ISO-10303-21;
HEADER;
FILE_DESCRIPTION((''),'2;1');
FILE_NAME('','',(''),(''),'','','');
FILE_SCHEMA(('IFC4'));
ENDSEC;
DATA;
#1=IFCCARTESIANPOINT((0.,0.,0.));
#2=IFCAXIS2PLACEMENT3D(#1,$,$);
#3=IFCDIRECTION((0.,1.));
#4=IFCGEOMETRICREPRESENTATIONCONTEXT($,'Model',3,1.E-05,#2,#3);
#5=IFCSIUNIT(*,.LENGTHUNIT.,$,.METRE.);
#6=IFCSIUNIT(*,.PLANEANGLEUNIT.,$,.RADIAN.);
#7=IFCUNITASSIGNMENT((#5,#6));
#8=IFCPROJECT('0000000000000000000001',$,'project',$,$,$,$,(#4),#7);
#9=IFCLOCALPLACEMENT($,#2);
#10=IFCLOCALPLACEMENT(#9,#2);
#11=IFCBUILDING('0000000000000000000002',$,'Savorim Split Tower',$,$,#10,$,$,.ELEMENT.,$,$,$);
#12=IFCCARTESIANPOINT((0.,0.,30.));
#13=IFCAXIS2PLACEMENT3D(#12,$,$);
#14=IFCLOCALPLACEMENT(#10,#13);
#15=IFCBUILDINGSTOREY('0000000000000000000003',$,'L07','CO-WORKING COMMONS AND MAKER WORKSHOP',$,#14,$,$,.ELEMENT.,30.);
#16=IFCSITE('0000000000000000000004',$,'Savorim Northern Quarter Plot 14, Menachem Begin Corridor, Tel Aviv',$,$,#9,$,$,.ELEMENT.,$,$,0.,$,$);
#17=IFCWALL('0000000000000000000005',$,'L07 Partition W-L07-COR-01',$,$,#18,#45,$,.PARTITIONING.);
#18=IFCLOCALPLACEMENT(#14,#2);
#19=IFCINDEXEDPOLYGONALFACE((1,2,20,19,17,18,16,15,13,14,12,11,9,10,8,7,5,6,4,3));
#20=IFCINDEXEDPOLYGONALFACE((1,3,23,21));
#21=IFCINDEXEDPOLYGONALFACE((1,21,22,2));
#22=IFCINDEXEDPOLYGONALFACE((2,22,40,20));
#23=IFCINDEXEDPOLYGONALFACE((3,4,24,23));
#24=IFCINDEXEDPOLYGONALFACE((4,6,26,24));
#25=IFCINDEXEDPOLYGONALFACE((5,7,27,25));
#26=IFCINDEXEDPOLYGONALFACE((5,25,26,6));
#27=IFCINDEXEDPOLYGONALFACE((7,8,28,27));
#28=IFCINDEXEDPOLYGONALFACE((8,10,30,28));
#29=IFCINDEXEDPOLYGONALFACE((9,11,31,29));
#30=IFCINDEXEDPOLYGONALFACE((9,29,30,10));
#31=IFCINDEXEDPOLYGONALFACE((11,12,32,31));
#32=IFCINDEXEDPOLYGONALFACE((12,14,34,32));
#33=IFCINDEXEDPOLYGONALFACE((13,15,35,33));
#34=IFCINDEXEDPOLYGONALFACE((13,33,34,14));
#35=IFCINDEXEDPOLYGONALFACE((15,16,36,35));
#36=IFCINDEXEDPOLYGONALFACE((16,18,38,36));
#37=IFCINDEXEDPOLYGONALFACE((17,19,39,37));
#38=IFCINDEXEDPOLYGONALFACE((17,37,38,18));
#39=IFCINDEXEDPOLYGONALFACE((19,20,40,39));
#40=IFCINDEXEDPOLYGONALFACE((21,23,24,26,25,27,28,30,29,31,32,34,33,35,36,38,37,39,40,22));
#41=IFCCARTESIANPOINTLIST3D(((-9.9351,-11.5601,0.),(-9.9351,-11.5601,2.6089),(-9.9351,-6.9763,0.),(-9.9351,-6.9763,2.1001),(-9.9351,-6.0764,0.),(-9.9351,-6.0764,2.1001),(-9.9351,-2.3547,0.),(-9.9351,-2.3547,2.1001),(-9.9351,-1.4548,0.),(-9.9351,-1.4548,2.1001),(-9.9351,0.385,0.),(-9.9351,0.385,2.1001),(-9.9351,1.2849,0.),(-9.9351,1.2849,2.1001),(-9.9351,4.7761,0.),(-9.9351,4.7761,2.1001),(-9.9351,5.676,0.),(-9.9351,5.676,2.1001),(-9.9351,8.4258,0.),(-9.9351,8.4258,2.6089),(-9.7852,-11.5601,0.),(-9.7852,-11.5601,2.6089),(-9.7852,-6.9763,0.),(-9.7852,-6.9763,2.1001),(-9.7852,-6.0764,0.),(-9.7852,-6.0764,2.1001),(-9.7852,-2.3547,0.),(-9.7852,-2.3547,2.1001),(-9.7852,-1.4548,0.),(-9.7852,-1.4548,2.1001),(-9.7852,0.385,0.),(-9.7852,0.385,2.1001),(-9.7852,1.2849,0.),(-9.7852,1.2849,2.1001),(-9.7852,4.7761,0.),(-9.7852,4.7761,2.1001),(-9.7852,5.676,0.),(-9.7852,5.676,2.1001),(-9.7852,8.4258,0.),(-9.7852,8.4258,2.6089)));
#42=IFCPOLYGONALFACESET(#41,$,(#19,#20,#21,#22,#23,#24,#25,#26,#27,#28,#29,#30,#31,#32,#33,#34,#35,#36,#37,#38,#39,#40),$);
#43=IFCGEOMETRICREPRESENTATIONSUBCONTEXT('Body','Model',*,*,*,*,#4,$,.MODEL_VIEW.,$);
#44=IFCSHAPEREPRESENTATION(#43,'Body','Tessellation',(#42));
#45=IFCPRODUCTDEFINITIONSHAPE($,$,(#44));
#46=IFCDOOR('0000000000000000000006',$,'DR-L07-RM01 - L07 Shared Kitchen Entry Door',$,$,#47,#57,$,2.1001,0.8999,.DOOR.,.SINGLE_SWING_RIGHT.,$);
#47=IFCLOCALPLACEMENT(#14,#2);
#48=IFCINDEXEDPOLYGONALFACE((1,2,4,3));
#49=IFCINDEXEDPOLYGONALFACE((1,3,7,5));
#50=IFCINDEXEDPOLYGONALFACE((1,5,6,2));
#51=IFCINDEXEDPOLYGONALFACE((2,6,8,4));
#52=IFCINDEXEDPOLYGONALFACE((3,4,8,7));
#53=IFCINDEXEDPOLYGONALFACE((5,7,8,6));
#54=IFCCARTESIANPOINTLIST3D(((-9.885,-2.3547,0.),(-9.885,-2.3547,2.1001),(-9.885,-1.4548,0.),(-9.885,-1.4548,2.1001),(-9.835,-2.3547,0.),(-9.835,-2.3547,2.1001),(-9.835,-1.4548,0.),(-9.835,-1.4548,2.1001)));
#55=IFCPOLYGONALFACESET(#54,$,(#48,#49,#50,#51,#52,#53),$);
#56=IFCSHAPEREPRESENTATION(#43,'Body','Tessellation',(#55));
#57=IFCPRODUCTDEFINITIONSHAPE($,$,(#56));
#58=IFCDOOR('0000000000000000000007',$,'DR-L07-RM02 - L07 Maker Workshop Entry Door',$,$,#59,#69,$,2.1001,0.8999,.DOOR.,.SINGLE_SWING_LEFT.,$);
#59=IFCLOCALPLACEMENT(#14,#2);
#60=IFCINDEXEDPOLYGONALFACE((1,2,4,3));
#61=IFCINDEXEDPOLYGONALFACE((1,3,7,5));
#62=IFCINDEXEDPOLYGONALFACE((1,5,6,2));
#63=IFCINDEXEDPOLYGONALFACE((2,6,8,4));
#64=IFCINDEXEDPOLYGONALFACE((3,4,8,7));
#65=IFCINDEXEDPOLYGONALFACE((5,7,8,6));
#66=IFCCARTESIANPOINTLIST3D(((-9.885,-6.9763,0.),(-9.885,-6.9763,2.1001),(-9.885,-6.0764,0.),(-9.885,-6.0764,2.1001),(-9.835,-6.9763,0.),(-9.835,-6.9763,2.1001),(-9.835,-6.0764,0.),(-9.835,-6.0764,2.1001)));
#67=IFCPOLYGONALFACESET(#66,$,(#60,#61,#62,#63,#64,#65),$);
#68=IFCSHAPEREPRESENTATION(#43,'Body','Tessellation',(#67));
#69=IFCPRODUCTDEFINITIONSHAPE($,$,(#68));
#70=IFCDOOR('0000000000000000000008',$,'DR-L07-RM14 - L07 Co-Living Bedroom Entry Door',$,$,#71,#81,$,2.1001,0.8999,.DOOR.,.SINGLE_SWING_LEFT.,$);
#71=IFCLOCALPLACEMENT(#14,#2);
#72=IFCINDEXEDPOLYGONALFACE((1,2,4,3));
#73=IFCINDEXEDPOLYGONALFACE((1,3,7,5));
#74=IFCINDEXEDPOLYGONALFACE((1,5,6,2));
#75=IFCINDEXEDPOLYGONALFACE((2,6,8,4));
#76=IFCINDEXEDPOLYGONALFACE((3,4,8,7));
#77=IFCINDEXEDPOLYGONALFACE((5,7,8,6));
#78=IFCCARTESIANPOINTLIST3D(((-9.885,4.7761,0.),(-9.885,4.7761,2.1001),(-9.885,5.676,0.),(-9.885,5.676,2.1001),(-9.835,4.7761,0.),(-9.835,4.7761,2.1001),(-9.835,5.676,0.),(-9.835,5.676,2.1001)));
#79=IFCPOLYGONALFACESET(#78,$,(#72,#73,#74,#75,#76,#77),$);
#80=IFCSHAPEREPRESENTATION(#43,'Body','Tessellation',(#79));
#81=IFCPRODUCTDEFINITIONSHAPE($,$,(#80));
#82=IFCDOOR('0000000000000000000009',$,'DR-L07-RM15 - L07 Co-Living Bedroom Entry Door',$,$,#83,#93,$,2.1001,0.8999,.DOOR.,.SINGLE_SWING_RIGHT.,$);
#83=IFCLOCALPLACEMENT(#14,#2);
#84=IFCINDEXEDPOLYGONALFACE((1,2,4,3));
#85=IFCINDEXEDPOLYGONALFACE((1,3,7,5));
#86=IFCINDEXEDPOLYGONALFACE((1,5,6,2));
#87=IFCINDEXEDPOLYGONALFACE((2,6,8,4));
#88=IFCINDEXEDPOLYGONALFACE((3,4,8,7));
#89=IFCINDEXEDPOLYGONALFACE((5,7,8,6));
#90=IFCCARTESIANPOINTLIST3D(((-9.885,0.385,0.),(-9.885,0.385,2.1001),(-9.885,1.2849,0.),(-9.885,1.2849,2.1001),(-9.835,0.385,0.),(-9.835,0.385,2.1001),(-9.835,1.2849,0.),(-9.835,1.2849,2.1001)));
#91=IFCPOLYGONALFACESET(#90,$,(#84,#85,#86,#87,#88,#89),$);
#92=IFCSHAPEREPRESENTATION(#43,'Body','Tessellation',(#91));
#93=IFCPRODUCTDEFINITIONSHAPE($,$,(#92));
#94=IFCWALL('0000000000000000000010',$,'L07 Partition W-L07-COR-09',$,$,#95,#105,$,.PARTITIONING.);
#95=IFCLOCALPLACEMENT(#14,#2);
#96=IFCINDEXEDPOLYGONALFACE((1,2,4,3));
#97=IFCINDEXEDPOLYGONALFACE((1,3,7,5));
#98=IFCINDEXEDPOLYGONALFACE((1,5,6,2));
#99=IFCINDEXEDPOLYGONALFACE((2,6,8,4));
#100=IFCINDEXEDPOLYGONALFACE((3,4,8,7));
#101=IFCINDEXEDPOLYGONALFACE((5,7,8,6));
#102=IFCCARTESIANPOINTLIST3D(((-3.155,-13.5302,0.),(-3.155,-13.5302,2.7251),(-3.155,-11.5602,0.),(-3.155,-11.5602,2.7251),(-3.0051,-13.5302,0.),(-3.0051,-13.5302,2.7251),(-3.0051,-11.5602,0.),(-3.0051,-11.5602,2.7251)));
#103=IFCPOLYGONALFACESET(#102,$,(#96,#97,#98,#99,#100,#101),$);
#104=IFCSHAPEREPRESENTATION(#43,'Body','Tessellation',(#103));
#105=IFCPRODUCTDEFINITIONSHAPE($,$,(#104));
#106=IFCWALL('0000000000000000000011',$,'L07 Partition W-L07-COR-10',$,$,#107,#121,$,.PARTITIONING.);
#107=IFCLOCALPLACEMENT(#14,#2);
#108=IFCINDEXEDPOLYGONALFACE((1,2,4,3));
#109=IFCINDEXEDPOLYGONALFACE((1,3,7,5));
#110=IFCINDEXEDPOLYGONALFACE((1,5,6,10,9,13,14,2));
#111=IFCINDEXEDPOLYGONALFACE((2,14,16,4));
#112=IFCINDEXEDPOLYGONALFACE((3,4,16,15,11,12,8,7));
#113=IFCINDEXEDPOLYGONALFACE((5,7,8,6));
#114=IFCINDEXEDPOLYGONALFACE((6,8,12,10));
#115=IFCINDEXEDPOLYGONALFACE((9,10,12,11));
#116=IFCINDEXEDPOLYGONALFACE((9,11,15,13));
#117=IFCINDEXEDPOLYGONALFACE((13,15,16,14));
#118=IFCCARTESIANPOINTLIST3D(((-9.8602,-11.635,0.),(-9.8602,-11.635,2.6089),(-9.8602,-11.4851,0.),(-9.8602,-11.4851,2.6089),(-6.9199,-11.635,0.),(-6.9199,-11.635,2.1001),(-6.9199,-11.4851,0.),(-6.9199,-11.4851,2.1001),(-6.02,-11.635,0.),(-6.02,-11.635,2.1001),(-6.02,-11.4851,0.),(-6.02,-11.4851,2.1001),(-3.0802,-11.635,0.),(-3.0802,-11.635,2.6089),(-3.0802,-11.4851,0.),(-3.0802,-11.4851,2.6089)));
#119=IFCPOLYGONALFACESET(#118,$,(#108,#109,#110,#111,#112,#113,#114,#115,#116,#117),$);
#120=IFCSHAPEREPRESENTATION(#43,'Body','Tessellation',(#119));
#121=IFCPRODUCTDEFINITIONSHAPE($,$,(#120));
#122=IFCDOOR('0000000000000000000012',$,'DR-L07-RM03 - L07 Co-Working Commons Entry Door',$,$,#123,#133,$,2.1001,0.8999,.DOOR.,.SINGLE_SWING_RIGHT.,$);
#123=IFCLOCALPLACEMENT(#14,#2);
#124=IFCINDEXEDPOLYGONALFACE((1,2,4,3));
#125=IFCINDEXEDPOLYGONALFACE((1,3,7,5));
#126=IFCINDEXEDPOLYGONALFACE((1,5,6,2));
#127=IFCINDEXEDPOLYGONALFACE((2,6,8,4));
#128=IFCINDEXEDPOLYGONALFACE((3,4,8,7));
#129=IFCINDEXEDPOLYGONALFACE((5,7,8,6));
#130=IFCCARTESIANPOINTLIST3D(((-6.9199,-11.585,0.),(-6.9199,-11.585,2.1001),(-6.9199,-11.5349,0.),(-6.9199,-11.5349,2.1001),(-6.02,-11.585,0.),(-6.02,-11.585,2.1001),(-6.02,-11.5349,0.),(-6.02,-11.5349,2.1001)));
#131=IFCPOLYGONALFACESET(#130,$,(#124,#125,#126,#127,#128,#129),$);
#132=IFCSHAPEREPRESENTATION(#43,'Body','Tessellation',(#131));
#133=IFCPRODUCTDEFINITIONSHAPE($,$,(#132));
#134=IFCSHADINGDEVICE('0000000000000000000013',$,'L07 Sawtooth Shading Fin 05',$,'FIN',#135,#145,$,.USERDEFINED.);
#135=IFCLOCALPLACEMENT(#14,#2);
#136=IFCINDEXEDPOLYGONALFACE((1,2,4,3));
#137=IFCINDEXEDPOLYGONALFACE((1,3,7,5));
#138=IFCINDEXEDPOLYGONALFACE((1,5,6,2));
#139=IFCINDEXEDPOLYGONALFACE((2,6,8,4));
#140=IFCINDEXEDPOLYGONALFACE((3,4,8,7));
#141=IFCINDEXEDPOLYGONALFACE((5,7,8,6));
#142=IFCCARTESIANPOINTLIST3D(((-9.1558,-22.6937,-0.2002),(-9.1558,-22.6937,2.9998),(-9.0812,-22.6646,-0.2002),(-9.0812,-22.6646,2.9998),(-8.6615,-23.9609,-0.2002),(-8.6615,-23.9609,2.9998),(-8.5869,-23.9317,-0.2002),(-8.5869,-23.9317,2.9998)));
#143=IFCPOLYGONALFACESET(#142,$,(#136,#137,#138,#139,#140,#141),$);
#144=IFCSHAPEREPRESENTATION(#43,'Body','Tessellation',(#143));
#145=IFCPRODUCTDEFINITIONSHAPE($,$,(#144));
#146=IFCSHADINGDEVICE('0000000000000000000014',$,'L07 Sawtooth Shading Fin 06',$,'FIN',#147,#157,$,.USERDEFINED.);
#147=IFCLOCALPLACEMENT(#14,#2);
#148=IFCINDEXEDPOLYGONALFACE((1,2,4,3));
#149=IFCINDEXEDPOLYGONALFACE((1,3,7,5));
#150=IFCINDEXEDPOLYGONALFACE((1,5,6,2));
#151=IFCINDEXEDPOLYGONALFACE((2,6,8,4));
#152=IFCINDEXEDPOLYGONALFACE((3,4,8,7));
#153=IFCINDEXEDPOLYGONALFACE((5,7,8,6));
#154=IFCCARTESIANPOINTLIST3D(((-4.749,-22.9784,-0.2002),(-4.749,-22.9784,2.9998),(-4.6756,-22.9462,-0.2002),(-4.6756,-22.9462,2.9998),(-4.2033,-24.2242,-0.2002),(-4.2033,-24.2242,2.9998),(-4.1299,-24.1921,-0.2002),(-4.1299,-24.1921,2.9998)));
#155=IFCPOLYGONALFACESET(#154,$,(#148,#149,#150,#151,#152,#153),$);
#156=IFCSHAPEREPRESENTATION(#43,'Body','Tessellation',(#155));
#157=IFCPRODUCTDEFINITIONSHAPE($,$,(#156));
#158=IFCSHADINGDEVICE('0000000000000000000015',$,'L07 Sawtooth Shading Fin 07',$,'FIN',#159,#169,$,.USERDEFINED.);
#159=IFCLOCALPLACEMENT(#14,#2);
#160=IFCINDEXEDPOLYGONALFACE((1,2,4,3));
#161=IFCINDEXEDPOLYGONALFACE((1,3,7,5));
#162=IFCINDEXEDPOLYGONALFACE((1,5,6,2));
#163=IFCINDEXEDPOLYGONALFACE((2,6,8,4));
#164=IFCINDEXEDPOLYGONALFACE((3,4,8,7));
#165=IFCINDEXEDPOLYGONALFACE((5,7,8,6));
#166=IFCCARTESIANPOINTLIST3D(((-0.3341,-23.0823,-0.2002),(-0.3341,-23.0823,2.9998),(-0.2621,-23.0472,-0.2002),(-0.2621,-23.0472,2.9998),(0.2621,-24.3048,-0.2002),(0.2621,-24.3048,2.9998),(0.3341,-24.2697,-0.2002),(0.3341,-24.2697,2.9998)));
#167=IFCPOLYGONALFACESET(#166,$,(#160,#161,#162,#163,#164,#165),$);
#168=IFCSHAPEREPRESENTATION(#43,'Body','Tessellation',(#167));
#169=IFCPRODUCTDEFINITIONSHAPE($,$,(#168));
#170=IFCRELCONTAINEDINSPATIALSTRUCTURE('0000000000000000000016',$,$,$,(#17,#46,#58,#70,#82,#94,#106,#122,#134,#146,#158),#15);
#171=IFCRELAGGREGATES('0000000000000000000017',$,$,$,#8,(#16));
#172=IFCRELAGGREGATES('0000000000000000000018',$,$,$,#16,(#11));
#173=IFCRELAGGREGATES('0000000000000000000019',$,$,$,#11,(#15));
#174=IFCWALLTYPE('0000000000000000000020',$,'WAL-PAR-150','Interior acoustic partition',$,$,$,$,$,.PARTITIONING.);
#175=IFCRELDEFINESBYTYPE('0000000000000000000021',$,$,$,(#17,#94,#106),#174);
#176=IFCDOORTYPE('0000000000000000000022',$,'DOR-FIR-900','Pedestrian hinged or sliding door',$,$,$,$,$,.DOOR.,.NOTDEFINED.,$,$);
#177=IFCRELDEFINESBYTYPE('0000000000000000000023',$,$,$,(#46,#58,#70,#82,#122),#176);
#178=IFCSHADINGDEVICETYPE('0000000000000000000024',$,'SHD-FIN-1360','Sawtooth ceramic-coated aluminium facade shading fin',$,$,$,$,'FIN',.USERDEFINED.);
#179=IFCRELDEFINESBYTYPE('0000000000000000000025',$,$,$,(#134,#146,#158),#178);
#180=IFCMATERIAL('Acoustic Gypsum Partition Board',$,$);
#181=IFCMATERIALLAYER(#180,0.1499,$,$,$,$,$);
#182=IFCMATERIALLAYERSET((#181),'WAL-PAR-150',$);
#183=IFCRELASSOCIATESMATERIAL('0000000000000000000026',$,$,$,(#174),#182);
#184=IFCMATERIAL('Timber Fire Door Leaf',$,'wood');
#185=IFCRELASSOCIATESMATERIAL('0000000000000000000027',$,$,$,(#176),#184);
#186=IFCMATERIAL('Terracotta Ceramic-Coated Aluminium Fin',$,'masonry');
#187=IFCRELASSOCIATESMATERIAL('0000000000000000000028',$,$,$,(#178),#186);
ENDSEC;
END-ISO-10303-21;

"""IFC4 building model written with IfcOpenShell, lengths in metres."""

from ifc_helpers import new_model, si_unit, direction, frame, frame_2d, origin, origin_2d, place, context, subcontext, project, spatial, rectangle, extrude, material, layer, layer_set, type_object, element, fill, save


model = new_model("IFC4")

# Units and contexts
model_context = context("Model", 3, precision=1e-05, world=origin(), true_north=direction((0.0, 1.0)))
body_context = subcontext(model_context, "Body", "Model", "MODEL_VIEW")
ifc_project = project(units=[si_unit("LENGTHUNIT", "METRE"), si_unit("PLANEANGLEUNIT", "RADIAN")], contexts=[model_context])

# Site, building, storey
site_placement = place(None, origin())
site = spatial("IfcSite", under=ifc_project, at=site_placement, Name="Savorim Northern Quarter Plot 14, Menachem Begin Corridor, Tel Aviv", CompositionType="ELEMENT", RefElevation=0.0)
building_placement = place(site_placement, origin())
building = spatial("IfcBuilding", under=site, at=building_placement, Name="Savorim Split Tower", CompositionType="ELEMENT")
storey_placement = place(building_placement, frame((0.0, 0.0, 30.0)))
storey = spatial("IfcBuildingStorey", under=building, at=storey_placement, Name="L07", Description="CO-WORKING COMMONS AND MAKER WORKSHOP", CompositionType="ELEMENT", Elevation=30.0)

# Wall, openings, doors
ifc_material_1 = material(Name="Acoustic Gypsum Partition Board")
ifc_layer_1 = layer(ifc_material_1, 0.1499)
ifc_layer_set_1 = layer_set([ifc_layer_1], Name="WAL-PAR-150")
wall_type = type_object("IfcWallType", Name="WAL-PAR-150", Description="Interior acoustic partition", PredefinedType="PARTITIONING", material=ifc_layer_set_1)
wall_1_placement = place(storey_placement, frame((-9.8601, -11.5601, 0.0), z_axis=(0.0, 0.0, 1.0), x_axis=(0.0, 1.0, 0.0)))
wall_1 = element("IfcWall", 1, at=wall_1_placement, inside=storey, type_object=wall_type, Name="L07 Partition W-L07-COR-01", PredefinedType="PARTITIONING", context=body_context, shape_type="SweptSolid", body=[
    extrude(rectangle(XDim=19.9858, YDim=0.1499, at=frame_2d((9.9929, 0.0))), origin(), (0.0, 0.0, 1.0), 2.6089),
])
opening_1_placement = place(wall_1_placement, frame((9.2053, 0.0, 0.0)))
opening_1 = element("IfcOpeningElement", 2, at=opening_1_placement, cuts=wall_1, PredefinedType="OPENING", context=body_context, shape_type="SweptSolid", body=[
    extrude(rectangle(XDim=0.8999, YDim=2.1001, at=frame_2d((0.45, 1.05))), frame((0.0, 0.085, 0.0), z_axis=(0.0, -1.0, 0.0), x_axis=(1.0, 0.0, 0.0)), (0.0, 0.0, 1.0), 0.1699),
])
opening_2_placement = place(wall_1_placement, frame((4.5837, 0.0, 0.0)))
opening_2 = element("IfcOpeningElement", 3, at=opening_2_placement, cuts=wall_1, PredefinedType="OPENING", context=body_context, shape_type="SweptSolid", body=[
    extrude(rectangle(XDim=0.8999, YDim=2.1001, at=frame_2d((0.45, 1.05))), frame((0.0, 0.085, 0.0), z_axis=(0.0, -1.0, 0.0), x_axis=(1.0, 0.0, 0.0)), (0.0, 0.0, 1.0), 0.1699),
])
opening_3_placement = place(wall_1_placement, frame((16.3362, 0.0, 0.0)))
opening_3 = element("IfcOpeningElement", 4, at=opening_3_placement, cuts=wall_1, PredefinedType="OPENING", context=body_context, shape_type="SweptSolid", body=[
    extrude(rectangle(XDim=0.8999, YDim=2.1001, at=frame_2d((0.45, 1.05))), frame((0.0, 0.085, 0.0), z_axis=(0.0, -1.0, 0.0), x_axis=(1.0, 0.0, 0.0)), (0.0, 0.0, 1.0), 0.1699),
])
opening_4_placement = place(wall_1_placement, frame((11.9451, 0.0, 0.0)))
opening_4 = element("IfcOpeningElement", 5, at=opening_4_placement, cuts=wall_1, PredefinedType="OPENING", context=body_context, shape_type="SweptSolid", body=[
    extrude(rectangle(XDim=0.8999, YDim=2.1001, at=frame_2d((0.45, 1.05))), frame((0.0, 0.085, 0.0), z_axis=(0.0, -1.0, 0.0), x_axis=(1.0, 0.0, 0.0)), (0.0, 0.0, 1.0), 0.1699),
])
ifc_material_2 = material(Name="Timber Fire Door Leaf", Category="wood")
door_type = type_object("IfcDoorType", Name="DOR-FIR-900", Description="Pedestrian hinged or sliding door", OperationType="NOTDEFINED", PredefinedType="DOOR", material=ifc_material_2)
door_1_placement = place(opening_1_placement, origin())
door_1 = element("IfcDoor", 6, at=door_1_placement, inside=storey, type_object=door_type, Name="DR-L07-RM01 - L07 Shared Kitchen Entry Door", OperationType="SINGLE_SWING_RIGHT", OverallHeight=2.1001, OverallWidth=0.8999, PredefinedType="DOOR", context=body_context, shape_type="SweptSolid", body=[
    extrude(rectangle(XDim=0.8999, YDim=2.1001, at=frame_2d((0.45, 1.05))), frame((0.0, 0.0249, 0.0), z_axis=(0.0, -1.0, 0.0), x_axis=(1.0, 0.0, 0.0)), (0.0, 0.0, 1.0), 0.05),
])
fill(opening_1, door_1)
door_2_placement = place(opening_2_placement, origin())
door_2 = element("IfcDoor", 7, at=door_2_placement, inside=storey, type_object=door_type, Name="DR-L07-RM02 - L07 Maker Workshop Entry Door", OperationType="SINGLE_SWING_LEFT", OverallHeight=2.1001, OverallWidth=0.8999, PredefinedType="DOOR", context=body_context, shape_type="SweptSolid", body=[
    extrude(rectangle(XDim=0.8999, YDim=2.1001, at=frame_2d((0.45, 1.05))), frame((0.0, 0.0249, 0.0), z_axis=(0.0, -1.0, 0.0), x_axis=(1.0, 0.0, 0.0)), (0.0, 0.0, 1.0), 0.05),
])
fill(opening_2, door_2)
door_3_placement = place(opening_3_placement, origin())
door_3 = element("IfcDoor", 8, at=door_3_placement, inside=storey, type_object=door_type, Name="DR-L07-RM14 - L07 Co-Living Bedroom Entry Door", OperationType="SINGLE_SWING_LEFT", OverallHeight=2.1001, OverallWidth=0.8999, PredefinedType="DOOR", context=body_context, shape_type="SweptSolid", body=[
    extrude(rectangle(XDim=0.8999, YDim=2.1001, at=frame_2d((0.45, 1.05))), frame((0.0, 0.0249, 0.0), z_axis=(0.0, -1.0, 0.0), x_axis=(1.0, 0.0, 0.0)), (0.0, 0.0, 1.0), 0.05),
])
fill(opening_3, door_3)
door_4_placement = place(opening_4_placement, origin())
door_4 = element("IfcDoor", 9, at=door_4_placement, inside=storey, type_object=door_type, Name="DR-L07-RM15 - L07 Co-Living Bedroom Entry Door", OperationType="SINGLE_SWING_RIGHT", OverallHeight=2.1001, OverallWidth=0.8999, PredefinedType="DOOR", context=body_context, shape_type="SweptSolid", body=[
    extrude(rectangle(XDim=0.8999, YDim=2.1001, at=frame_2d((0.45, 1.05))), frame((0.0, 0.0249, 0.0), z_axis=(0.0, -1.0, 0.0), x_axis=(1.0, 0.0, 0.0)), (0.0, 0.0, 1.0), 0.05),
])
fill(opening_4, door_4)

# Wall
wall_2_placement = place(storey_placement, frame((-3.0801, -13.53, 0.0), z_axis=(0.0, 0.0, 1.0), x_axis=(0.0, 1.0, 0.0)))
element("IfcWall", 10, at=wall_2_placement, inside=storey, type_object=wall_type, Name="L07 Partition W-L07-COR-09", PredefinedType="PARTITIONING", context=body_context, shape_type="SweptSolid", body=[
    extrude(rectangle(XDim=1.97, YDim=0.1499, at=frame_2d((0.9849, 0.0))), origin(), (0.0, 0.0, 1.0), 2.7251),
])

# Wall, opening, door
wall_3_placement = place(storey_placement, frame((-3.0801, -11.5601, 0.0), z_axis=(0.0, 0.0, 1.0), x_axis=(-1.0, 0.0, 0.0)))
wall_3 = element("IfcWall", 11, at=wall_3_placement, inside=storey, type_object=wall_type, Name="L07 Partition W-L07-COR-10", PredefinedType="PARTITIONING", context=body_context, shape_type="SweptSolid", body=[
    extrude(rectangle(XDim=6.78, YDim=0.1499, at=frame_2d((3.3901, 0.0))), origin(), (0.0, 0.0, 1.0), 2.6089),
])
opening_5_placement = place(wall_3_placement, frame((2.9399, 0.0, 0.0)))
opening_5 = element("IfcOpeningElement", 12, at=opening_5_placement, cuts=wall_3, PredefinedType="OPENING", context=body_context, shape_type="SweptSolid", body=[
    extrude(rectangle(XDim=0.8999, YDim=2.1001, at=frame_2d((0.45, 1.05))), frame((0.0, 0.085, 0.0), z_axis=(0.0, -1.0, 0.0), x_axis=(1.0, 0.0, 0.0)), (0.0, 0.0, 1.0), 0.1699),
])
door_5_placement = place(opening_5_placement, origin())
door_5 = element("IfcDoor", 13, at=door_5_placement, inside=storey, type_object=door_type, Name="DR-L07-RM03 - L07 Co-Working Commons Entry Door", OperationType="SINGLE_SWING_RIGHT", OverallHeight=2.1001, OverallWidth=0.8999, PredefinedType="DOOR", context=body_context, shape_type="SweptSolid", body=[
    extrude(rectangle(XDim=0.8999, YDim=2.1001, at=frame_2d((0.45, 1.05))), frame((0.0, 0.0249, 0.0), z_axis=(0.0, -1.0, 0.0), x_axis=(1.0, 0.0, 0.0)), (0.0, 0.0, 1.0), 0.05),
])
fill(opening_5, door_5)

# Shading devices
ifc_material_3 = material(Name="Terracotta Ceramic-Coated Aluminium Fin", Category="masonry")
shading_device_type = type_object("IfcShadingDeviceType", Name="SHD-FIN-1360", Description="Sawtooth ceramic-coated aluminium facade shading fin", ElementType="FIN", PredefinedType="USERDEFINED", material=ifc_material_3)
for number, where, z_axis, x_axis, name in (
    (14, (-8.8713, -23.3127, -0.2002), (0.0, 0.0, 1.0), (0.363415, -0.931627, 0.0), "L07 Sawtooth Shading Fin 05"),
    (15, (-4.4395, -23.5852, -0.2002), (0.0, 0.0, 1.0), (0.40123, -0.915977, 0.0), "L07 Sawtooth Shading Fin 06"),
    (16, (0.0, -23.676, -0.2002), (0.0, 0.0, 1.0), (0.438371, -0.898794, 0.0), "L07 Sawtooth Shading Fin 07"),
):
    element("IfcShadingDevice", number, at=place(storey_placement, frame(where, z_axis=z_axis, x_axis=x_axis)), inside=storey, type_object=shading_device_type, Name=name, ObjectType="FIN", PredefinedType="USERDEFINED", context=body_context, shape_type="SweptSolid", body=[
        extrude(rectangle(XDim=1.3601, YDim=0.0801, at=origin_2d()), origin(), (0.0, 0.0, 1.0), 3.2),
    ])

save(model, "model.ifc")
